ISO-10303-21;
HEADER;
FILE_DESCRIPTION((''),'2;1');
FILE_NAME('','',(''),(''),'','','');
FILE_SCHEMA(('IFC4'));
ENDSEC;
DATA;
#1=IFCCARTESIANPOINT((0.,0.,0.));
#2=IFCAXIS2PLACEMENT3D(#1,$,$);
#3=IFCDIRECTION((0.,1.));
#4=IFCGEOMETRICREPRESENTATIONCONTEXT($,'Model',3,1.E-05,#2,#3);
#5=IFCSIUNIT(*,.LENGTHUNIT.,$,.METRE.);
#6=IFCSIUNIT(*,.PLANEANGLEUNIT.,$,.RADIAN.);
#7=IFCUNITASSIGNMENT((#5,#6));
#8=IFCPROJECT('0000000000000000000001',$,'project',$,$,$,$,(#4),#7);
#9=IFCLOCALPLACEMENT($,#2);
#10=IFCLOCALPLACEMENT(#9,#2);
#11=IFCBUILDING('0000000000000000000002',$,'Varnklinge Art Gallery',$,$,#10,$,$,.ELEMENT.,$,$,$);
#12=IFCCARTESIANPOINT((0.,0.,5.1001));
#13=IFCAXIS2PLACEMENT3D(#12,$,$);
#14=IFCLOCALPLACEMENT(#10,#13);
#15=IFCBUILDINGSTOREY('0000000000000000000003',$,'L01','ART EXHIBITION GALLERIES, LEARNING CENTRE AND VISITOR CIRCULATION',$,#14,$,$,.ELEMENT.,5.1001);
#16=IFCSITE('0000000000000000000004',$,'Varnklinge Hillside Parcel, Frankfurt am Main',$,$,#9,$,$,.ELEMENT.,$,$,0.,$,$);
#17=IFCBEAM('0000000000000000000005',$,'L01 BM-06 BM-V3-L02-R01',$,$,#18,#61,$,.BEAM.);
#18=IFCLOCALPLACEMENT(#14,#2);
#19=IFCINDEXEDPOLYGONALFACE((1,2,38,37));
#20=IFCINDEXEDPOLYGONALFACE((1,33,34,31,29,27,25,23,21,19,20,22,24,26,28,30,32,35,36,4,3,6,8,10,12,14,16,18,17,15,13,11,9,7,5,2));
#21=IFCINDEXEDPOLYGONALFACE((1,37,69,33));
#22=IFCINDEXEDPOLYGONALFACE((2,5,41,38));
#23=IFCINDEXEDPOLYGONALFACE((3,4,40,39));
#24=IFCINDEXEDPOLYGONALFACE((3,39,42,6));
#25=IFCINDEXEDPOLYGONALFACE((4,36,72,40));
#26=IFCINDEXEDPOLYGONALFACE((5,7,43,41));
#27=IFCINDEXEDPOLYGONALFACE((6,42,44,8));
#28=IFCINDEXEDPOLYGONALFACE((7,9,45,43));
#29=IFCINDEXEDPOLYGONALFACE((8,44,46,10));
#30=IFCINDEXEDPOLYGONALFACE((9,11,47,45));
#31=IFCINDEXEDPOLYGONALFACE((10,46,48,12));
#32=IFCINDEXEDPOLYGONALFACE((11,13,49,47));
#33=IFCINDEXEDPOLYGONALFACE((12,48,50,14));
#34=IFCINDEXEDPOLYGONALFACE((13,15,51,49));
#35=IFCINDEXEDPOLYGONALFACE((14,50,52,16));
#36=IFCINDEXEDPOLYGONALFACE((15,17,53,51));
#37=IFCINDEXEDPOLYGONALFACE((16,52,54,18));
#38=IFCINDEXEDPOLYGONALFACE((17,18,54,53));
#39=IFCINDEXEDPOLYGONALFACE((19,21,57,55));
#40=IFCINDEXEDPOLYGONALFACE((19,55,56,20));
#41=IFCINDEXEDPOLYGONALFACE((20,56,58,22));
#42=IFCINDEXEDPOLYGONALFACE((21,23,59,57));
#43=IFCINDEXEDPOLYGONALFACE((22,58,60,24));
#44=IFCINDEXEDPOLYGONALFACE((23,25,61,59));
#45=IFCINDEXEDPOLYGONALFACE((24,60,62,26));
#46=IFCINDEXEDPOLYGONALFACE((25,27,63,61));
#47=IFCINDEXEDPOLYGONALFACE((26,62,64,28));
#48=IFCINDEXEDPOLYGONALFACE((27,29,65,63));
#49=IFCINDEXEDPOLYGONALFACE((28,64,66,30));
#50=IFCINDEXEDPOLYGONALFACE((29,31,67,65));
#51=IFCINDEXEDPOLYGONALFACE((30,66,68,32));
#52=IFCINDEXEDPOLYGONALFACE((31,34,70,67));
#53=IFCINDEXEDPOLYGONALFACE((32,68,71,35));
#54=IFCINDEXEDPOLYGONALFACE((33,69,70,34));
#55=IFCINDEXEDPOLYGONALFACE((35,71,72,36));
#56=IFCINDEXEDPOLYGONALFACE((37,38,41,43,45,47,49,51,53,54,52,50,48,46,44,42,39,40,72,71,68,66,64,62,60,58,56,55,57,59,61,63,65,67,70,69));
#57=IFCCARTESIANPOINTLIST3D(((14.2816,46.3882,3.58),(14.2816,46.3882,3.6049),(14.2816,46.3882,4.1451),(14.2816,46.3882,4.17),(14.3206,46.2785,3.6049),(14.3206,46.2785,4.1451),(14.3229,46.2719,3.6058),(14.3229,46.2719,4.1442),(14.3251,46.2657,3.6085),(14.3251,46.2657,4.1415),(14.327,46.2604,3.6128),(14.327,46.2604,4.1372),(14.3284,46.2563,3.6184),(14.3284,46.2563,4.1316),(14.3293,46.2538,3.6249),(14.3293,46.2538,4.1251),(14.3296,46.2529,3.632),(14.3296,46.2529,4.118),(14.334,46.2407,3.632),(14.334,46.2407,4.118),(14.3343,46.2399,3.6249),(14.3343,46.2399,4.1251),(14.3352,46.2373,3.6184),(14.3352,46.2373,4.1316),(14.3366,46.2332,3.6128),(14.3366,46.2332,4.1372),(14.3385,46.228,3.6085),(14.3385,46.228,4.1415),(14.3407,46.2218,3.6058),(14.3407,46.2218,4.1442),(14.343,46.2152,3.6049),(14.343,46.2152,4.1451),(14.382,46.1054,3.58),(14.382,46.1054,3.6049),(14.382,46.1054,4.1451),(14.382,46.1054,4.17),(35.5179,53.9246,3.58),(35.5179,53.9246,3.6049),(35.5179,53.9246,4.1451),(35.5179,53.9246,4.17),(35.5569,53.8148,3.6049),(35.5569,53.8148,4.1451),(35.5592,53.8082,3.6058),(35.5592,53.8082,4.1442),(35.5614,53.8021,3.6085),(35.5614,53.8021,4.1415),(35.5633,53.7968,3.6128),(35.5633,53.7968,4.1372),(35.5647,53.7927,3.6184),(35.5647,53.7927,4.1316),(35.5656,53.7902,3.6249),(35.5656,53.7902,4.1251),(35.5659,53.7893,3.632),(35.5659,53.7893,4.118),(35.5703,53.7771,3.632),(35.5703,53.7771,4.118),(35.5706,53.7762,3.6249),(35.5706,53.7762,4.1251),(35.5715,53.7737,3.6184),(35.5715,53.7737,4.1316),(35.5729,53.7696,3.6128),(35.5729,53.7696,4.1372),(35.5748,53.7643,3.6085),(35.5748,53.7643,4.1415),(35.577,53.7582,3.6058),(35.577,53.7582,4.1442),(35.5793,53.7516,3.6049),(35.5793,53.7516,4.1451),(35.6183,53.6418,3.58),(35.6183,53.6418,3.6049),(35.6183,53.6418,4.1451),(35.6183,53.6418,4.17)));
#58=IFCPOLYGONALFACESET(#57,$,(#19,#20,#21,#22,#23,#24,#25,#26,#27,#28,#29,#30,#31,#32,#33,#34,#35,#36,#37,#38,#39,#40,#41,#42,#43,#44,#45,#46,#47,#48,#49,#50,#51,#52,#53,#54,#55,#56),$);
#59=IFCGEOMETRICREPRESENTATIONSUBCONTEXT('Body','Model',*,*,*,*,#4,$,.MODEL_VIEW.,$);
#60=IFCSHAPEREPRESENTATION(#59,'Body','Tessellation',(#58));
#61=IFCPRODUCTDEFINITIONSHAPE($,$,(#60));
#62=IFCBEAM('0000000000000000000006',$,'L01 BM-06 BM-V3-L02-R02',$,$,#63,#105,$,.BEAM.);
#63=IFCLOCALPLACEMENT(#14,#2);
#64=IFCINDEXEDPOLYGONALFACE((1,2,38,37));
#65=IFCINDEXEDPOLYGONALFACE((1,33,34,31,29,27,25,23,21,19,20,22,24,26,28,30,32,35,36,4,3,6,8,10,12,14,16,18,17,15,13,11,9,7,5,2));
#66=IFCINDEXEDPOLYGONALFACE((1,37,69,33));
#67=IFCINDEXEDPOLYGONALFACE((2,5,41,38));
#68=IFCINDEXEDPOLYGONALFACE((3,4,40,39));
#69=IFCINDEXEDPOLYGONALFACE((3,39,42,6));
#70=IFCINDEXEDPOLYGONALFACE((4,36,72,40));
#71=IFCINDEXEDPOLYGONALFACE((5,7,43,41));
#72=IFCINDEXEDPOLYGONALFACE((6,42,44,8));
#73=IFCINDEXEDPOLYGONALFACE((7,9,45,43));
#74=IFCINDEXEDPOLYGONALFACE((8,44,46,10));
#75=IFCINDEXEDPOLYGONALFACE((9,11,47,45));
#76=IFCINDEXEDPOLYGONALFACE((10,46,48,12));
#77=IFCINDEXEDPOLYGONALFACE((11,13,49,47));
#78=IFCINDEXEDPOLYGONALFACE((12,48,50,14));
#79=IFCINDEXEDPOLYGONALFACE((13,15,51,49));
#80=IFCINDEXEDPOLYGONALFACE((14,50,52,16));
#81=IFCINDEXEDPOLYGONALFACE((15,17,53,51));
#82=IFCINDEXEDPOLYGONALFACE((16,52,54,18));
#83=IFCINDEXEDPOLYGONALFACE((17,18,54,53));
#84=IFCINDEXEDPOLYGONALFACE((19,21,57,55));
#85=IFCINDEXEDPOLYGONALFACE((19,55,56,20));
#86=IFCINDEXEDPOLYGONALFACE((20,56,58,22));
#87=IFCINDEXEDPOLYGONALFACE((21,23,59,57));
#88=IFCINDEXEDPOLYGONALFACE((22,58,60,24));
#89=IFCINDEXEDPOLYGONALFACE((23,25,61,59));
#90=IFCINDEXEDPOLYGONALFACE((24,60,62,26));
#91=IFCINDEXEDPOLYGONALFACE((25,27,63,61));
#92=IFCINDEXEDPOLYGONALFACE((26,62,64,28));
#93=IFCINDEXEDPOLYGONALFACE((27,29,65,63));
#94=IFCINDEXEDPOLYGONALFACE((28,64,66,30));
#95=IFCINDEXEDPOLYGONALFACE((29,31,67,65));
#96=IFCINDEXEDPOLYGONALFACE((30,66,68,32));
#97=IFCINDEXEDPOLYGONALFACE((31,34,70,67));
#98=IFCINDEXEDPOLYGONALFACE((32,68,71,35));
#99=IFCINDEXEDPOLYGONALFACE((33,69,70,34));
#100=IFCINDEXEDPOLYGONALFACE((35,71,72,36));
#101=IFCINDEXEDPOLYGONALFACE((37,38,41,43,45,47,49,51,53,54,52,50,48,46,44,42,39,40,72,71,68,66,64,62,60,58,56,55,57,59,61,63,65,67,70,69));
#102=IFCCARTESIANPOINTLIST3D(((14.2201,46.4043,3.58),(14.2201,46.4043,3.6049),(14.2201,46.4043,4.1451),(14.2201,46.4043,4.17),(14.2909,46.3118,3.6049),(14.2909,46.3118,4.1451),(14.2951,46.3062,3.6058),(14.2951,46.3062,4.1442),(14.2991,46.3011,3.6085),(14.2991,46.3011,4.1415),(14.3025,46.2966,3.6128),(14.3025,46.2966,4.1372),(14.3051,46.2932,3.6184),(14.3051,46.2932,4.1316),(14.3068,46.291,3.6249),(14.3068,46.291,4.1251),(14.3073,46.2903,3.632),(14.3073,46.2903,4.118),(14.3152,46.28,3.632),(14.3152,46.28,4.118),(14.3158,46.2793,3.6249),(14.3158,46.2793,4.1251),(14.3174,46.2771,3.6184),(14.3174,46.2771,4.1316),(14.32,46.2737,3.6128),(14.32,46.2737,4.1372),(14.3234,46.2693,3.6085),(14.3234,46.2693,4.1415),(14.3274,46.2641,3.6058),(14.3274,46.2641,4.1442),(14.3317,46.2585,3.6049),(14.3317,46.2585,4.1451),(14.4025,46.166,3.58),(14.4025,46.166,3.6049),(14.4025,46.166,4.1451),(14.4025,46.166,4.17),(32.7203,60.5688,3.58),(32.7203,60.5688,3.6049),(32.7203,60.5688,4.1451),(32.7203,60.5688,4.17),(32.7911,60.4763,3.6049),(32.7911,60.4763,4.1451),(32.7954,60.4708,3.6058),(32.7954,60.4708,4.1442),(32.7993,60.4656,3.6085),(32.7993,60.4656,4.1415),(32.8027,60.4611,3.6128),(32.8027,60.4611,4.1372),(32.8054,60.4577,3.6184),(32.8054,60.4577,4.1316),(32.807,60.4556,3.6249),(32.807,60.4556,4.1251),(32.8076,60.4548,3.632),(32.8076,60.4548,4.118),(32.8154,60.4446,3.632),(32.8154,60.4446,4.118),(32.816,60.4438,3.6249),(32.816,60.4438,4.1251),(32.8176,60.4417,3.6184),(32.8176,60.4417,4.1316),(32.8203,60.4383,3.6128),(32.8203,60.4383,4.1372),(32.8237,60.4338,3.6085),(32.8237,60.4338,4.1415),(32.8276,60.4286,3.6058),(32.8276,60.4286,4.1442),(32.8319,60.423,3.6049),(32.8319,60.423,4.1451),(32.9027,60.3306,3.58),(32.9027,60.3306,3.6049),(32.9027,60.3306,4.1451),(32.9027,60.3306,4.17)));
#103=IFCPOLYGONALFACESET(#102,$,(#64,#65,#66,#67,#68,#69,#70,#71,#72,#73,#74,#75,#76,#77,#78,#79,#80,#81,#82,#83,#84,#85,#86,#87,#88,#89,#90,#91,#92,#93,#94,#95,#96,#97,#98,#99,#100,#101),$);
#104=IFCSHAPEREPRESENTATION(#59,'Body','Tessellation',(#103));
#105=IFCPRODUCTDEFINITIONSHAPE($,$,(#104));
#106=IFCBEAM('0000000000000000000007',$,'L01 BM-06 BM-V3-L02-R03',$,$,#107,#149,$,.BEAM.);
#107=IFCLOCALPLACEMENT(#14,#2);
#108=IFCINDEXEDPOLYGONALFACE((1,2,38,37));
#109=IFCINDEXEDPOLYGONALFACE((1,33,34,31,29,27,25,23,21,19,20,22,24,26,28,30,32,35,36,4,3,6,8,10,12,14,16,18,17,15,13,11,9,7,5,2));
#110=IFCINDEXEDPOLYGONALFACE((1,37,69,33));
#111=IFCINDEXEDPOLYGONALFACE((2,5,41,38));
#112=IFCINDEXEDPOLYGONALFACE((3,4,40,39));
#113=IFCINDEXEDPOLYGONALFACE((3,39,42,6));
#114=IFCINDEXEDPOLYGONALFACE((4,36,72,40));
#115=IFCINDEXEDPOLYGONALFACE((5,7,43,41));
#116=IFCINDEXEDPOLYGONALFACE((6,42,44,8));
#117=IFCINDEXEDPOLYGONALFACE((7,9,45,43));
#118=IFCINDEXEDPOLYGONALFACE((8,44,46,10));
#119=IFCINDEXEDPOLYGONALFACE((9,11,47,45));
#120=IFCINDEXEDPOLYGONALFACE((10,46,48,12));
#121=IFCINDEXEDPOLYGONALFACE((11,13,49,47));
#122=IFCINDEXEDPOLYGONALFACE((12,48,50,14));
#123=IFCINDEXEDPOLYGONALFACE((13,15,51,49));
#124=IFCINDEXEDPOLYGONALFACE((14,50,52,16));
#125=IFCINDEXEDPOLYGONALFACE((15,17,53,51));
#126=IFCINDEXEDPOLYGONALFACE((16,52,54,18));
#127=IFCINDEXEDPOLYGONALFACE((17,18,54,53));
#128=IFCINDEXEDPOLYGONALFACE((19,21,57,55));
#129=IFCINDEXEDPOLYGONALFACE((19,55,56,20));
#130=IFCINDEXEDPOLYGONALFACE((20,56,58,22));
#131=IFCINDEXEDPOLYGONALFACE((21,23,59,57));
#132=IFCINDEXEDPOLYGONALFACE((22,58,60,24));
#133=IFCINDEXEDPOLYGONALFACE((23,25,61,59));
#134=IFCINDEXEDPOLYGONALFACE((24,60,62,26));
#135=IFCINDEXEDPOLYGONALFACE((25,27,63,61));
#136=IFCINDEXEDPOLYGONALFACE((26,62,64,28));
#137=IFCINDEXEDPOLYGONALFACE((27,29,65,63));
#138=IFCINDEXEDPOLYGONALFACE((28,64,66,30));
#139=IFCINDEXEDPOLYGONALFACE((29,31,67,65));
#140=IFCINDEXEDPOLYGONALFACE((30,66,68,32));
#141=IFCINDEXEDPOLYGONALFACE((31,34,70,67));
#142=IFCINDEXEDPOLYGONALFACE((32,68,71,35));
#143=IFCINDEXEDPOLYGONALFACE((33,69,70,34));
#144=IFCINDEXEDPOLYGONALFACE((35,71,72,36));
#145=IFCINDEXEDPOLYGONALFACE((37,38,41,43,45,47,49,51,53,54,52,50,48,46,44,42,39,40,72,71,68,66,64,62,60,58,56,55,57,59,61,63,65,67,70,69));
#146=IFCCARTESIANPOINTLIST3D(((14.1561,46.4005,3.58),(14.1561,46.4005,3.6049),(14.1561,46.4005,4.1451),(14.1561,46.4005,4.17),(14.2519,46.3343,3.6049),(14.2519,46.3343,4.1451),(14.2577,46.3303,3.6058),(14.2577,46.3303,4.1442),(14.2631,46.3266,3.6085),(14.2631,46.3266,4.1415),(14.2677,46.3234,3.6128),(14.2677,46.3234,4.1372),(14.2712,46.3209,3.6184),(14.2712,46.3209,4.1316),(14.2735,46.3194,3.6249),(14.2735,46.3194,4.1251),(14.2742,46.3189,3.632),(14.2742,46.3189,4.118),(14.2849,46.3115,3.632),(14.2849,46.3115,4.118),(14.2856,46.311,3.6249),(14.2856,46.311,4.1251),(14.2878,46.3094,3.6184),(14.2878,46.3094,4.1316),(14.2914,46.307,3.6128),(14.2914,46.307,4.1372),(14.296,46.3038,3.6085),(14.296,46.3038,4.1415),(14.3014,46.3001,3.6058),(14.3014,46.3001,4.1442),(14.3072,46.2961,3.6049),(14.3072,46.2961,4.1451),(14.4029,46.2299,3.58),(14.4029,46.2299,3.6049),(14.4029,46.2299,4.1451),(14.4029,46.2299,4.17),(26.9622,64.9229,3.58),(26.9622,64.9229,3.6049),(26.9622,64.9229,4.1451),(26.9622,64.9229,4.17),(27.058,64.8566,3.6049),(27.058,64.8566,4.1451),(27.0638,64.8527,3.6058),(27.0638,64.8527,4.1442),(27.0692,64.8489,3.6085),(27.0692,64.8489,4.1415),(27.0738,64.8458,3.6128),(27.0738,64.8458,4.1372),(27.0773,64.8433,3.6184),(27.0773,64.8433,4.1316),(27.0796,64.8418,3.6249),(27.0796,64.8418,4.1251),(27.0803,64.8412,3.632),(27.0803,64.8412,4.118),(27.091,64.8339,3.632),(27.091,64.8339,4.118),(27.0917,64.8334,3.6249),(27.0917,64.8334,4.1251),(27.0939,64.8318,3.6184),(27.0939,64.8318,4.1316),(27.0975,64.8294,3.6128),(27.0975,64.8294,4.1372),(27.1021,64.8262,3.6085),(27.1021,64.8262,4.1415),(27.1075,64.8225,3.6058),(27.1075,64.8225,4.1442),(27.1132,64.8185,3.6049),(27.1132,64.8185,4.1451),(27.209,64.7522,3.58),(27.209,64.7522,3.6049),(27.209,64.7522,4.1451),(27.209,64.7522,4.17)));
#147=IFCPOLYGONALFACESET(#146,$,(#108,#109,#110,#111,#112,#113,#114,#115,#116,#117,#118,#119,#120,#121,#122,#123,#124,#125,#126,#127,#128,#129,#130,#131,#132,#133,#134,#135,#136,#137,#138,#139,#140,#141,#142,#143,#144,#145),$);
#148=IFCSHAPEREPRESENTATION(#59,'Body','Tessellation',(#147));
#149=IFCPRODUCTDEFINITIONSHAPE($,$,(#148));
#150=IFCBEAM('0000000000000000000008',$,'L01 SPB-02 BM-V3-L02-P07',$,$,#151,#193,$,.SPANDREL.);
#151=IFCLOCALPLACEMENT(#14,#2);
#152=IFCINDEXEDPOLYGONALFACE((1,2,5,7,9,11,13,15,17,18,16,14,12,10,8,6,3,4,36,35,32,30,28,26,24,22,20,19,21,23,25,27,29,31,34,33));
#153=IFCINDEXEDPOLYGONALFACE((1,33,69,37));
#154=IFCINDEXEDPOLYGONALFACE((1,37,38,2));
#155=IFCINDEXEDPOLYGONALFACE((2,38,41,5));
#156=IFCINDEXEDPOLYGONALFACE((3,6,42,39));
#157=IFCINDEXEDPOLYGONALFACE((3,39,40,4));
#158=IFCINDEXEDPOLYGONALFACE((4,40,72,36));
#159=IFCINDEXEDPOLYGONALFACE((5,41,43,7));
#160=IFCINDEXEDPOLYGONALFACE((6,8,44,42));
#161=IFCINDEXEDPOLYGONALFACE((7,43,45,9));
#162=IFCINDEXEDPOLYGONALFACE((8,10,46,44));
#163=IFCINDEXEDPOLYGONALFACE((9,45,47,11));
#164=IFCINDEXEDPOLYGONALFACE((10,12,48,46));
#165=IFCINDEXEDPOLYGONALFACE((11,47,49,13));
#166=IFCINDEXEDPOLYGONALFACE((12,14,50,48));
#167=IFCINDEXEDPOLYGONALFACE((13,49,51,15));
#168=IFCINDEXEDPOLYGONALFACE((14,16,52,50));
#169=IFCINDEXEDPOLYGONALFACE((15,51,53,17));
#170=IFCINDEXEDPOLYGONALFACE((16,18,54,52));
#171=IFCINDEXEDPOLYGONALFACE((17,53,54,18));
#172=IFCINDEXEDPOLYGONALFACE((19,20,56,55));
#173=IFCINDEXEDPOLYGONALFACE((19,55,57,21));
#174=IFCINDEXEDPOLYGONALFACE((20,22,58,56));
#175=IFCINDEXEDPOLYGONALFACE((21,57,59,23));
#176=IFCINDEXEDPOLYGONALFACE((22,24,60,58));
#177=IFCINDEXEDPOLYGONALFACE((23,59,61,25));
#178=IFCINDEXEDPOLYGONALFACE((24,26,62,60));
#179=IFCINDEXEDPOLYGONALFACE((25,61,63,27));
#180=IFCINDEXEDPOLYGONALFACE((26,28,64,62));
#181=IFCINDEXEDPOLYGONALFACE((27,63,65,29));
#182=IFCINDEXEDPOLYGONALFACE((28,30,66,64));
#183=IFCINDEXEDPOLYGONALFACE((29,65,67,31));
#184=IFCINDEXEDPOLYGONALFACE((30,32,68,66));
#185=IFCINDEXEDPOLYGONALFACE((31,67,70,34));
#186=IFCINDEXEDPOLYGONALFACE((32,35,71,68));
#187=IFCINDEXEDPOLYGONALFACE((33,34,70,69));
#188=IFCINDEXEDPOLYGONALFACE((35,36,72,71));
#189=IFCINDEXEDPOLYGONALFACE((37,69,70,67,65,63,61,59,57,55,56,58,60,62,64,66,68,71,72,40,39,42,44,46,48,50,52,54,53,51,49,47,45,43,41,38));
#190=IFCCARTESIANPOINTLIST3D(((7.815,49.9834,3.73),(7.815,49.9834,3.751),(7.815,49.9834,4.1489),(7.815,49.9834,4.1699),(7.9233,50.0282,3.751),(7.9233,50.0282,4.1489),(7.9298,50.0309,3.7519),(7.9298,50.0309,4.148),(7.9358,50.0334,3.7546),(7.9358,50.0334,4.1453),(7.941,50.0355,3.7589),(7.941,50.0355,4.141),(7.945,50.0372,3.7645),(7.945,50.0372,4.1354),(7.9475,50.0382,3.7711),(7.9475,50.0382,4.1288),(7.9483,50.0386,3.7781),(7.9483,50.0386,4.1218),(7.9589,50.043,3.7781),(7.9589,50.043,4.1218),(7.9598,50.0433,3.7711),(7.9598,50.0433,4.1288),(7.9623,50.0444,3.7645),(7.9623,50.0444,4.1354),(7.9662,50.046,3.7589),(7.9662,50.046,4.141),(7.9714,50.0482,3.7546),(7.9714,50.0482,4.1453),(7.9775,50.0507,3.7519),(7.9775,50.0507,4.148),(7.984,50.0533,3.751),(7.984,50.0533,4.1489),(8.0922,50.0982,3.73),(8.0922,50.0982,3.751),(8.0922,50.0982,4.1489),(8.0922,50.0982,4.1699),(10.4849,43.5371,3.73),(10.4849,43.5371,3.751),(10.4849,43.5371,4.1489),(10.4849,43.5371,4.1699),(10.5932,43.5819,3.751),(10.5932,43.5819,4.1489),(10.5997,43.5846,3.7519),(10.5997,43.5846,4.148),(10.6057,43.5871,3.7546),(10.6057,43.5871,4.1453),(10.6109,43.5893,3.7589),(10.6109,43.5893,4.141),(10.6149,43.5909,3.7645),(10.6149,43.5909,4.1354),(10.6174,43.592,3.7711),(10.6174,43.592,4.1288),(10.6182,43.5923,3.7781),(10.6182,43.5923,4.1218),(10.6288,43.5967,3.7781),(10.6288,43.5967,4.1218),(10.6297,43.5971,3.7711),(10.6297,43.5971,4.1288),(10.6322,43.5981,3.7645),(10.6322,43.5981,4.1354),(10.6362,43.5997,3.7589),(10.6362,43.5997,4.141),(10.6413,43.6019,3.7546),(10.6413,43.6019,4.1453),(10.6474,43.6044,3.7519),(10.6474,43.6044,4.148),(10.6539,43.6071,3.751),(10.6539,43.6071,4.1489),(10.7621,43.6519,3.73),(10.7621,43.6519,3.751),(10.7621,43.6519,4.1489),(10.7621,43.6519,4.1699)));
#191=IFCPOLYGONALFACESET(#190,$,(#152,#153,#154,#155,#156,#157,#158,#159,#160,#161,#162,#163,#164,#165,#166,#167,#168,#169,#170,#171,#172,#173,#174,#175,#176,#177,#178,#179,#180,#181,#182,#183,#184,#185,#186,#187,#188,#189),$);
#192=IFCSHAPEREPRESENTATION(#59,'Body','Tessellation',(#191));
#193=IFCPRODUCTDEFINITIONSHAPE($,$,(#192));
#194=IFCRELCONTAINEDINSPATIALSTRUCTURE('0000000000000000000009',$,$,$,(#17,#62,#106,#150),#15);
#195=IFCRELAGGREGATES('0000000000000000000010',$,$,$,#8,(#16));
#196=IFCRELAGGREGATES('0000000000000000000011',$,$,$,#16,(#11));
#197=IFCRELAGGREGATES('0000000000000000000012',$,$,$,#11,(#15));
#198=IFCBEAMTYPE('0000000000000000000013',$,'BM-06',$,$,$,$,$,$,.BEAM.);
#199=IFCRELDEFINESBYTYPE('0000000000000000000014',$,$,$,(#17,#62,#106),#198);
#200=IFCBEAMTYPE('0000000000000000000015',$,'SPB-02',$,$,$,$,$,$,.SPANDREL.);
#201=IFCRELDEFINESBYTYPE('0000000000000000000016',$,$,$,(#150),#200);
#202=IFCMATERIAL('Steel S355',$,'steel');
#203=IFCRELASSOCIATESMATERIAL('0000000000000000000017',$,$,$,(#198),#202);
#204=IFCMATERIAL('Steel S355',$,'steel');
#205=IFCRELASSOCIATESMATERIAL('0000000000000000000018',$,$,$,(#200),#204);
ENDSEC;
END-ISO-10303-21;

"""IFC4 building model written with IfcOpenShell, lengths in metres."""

from ifc_helpers import new_model, si_unit, direction, frame, origin, origin_2d, place, context, subcontext, project, spatial, i_section, extrude, material, material_profile, profile_set, type_object, element, save


model = new_model("IFC4")

# Units and contexts
model_context = context("Model", 3, precision=1e-05, world=origin(), true_north=direction((0.0, 1.0)))
body_context = subcontext(model_context, "Body", "Model", "MODEL_VIEW")
ifc_project = project(units=[si_unit("LENGTHUNIT", "METRE"), si_unit("PLANEANGLEUNIT", "RADIAN")], contexts=[model_context])

# Site, building, storey
site_placement = place(None, origin())
site = spatial("IfcSite", under=ifc_project, at=site_placement, Name="Varnklinge Hillside Parcel, Frankfurt am Main", CompositionType="ELEMENT", RefElevation=0.0)
building_placement = place(site_placement, origin())
building = spatial("IfcBuilding", under=site, at=building_placement, Name="Varnklinge Art Gallery", CompositionType="ELEMENT")
storey_placement = place(building_placement, frame((0.0, 0.0, 5.1001)))
storey = spatial("IfcBuildingStorey", under=building, at=storey_placement, Name="L01", Description="ART EXHIBITION GALLERIES, LEARNING CENTRE AND VISITOR CIRCULATION", CompositionType="ELEMENT", Elevation=5.1001)

# Beams
ifc_material_1 = material(Name="Steel S355", Category="steel")
ifc_material_profile_1 = material_profile(ifc_material_1, i_section(OverallWidth=0.3, OverallDepth=0.5901, WebThickness=0.0129, FlangeThickness=0.0249, FilletRadius=0.0271, at=origin_2d()), Name="HEA 600")
ifc_profile_set_1 = profile_set([ifc_material_profile_1], Name="Steel S355")
beam_type_1 = type_object("IfcBeamType", Name="BM-06", PredefinedType="BEAM", material=ifc_profile_set_1)
beam_1_placement = place(storey_placement, frame((14.3318, 46.2468, 3.875), z_axis=(0.942415, 0.334446, 0.0), x_axis=(-0.334446, 0.942415, 0.0)))
element("IfcBeam", 1, at=beam_1_placement, inside=storey, type_object=beam_type_1, Name="L01 BM-06 BM-V3-L02-R01", PredefinedType="BEAM", context=body_context, shape_type="SweptSolid", body=[
    extrude(i_section(OverallWidth=0.3, OverallDepth=0.5901, WebThickness=0.0129, FlangeThickness=0.0249, FilletRadius=0.0271, at=origin_2d()), origin(), (0.0, 0.0, 1.0), 22.5339),
])
beam_2_placement = place(storey_placement, frame((14.3113, 46.2852, 3.875), z_axis=(0.793999, 0.607919, 0.0), x_axis=(-0.607919, 0.793999, 0.0)))
element("IfcBeam", 2, at=beam_2_placement, inside=storey, type_object=beam_type_1, Name="L01 BM-06 BM-V3-L02-R02", PredefinedType="BEAM", context=body_context, shape_type="SweptSolid", body=[
    extrude(i_section(OverallWidth=0.3, OverallDepth=0.5901, WebThickness=0.0129, FlangeThickness=0.0249, FilletRadius=0.0271, at=origin_2d()), origin(), (0.0, 0.0, 1.0), 23.3),
])
beam_3_placement = place(storey_placement, frame((14.2795, 46.3152, 3.875), z_axis=(0.568697, 0.822547, 0.0), x_axis=(-0.822547, 0.568697, 0.0)))
element("IfcBeam", 3, at=beam_3_placement, inside=storey, type_object=beam_type_1, Name="L01 BM-06 BM-V3-L02-R03", PredefinedType="BEAM", context=body_context, shape_type="SweptSolid", body=[
    extrude(i_section(OverallWidth=0.3, OverallDepth=0.5901, WebThickness=0.0129, FlangeThickness=0.0249, FilletRadius=0.0271, at=origin_2d()), origin(), (0.0, 0.0, 1.0), 22.5183),
])
ifc_material_2 = material(Name="Steel S355", Category="steel")
ifc_material_profile_2 = material_profile(ifc_material_2, i_section(OverallWidth=0.3, OverallDepth=0.4399, WebThickness=0.0115, FlangeThickness=0.021, FilletRadius=0.0271, at=origin_2d()), Name="HEA 450")
ifc_profile_set_2 = profile_set([ifc_material_profile_2], Name="Steel S355")
beam_type_2 = type_object("IfcBeamType", Name="SPB-02", PredefinedType="SPANDREL", material=ifc_profile_set_2)
for number, where, z_axis, x_axis, name in (
    (4, (7.9536, 50.0408, 3.95), (0.382657, -0.923891, 0.0), (0.923891, 0.382657, 0.0), "L01 SPB-02 BM-V3-L02-P07"),
):
    element("IfcBeam", number, at=place(storey_placement, frame(where, z_axis=z_axis, x_axis=x_axis)), inside=storey, type_object=beam_type_2, Name=name, PredefinedType="SPANDREL", context=body_context, shape_type="SweptSolid", body=[
        extrude(i_section(OverallWidth=0.3, OverallDepth=0.4399, WebThickness=0.0115, FlangeThickness=0.021, FilletRadius=0.0271, at=origin_2d()), origin(), (0.0, 0.0, 1.0), 6.9773),
    ])

save(model, "model.ifc")
